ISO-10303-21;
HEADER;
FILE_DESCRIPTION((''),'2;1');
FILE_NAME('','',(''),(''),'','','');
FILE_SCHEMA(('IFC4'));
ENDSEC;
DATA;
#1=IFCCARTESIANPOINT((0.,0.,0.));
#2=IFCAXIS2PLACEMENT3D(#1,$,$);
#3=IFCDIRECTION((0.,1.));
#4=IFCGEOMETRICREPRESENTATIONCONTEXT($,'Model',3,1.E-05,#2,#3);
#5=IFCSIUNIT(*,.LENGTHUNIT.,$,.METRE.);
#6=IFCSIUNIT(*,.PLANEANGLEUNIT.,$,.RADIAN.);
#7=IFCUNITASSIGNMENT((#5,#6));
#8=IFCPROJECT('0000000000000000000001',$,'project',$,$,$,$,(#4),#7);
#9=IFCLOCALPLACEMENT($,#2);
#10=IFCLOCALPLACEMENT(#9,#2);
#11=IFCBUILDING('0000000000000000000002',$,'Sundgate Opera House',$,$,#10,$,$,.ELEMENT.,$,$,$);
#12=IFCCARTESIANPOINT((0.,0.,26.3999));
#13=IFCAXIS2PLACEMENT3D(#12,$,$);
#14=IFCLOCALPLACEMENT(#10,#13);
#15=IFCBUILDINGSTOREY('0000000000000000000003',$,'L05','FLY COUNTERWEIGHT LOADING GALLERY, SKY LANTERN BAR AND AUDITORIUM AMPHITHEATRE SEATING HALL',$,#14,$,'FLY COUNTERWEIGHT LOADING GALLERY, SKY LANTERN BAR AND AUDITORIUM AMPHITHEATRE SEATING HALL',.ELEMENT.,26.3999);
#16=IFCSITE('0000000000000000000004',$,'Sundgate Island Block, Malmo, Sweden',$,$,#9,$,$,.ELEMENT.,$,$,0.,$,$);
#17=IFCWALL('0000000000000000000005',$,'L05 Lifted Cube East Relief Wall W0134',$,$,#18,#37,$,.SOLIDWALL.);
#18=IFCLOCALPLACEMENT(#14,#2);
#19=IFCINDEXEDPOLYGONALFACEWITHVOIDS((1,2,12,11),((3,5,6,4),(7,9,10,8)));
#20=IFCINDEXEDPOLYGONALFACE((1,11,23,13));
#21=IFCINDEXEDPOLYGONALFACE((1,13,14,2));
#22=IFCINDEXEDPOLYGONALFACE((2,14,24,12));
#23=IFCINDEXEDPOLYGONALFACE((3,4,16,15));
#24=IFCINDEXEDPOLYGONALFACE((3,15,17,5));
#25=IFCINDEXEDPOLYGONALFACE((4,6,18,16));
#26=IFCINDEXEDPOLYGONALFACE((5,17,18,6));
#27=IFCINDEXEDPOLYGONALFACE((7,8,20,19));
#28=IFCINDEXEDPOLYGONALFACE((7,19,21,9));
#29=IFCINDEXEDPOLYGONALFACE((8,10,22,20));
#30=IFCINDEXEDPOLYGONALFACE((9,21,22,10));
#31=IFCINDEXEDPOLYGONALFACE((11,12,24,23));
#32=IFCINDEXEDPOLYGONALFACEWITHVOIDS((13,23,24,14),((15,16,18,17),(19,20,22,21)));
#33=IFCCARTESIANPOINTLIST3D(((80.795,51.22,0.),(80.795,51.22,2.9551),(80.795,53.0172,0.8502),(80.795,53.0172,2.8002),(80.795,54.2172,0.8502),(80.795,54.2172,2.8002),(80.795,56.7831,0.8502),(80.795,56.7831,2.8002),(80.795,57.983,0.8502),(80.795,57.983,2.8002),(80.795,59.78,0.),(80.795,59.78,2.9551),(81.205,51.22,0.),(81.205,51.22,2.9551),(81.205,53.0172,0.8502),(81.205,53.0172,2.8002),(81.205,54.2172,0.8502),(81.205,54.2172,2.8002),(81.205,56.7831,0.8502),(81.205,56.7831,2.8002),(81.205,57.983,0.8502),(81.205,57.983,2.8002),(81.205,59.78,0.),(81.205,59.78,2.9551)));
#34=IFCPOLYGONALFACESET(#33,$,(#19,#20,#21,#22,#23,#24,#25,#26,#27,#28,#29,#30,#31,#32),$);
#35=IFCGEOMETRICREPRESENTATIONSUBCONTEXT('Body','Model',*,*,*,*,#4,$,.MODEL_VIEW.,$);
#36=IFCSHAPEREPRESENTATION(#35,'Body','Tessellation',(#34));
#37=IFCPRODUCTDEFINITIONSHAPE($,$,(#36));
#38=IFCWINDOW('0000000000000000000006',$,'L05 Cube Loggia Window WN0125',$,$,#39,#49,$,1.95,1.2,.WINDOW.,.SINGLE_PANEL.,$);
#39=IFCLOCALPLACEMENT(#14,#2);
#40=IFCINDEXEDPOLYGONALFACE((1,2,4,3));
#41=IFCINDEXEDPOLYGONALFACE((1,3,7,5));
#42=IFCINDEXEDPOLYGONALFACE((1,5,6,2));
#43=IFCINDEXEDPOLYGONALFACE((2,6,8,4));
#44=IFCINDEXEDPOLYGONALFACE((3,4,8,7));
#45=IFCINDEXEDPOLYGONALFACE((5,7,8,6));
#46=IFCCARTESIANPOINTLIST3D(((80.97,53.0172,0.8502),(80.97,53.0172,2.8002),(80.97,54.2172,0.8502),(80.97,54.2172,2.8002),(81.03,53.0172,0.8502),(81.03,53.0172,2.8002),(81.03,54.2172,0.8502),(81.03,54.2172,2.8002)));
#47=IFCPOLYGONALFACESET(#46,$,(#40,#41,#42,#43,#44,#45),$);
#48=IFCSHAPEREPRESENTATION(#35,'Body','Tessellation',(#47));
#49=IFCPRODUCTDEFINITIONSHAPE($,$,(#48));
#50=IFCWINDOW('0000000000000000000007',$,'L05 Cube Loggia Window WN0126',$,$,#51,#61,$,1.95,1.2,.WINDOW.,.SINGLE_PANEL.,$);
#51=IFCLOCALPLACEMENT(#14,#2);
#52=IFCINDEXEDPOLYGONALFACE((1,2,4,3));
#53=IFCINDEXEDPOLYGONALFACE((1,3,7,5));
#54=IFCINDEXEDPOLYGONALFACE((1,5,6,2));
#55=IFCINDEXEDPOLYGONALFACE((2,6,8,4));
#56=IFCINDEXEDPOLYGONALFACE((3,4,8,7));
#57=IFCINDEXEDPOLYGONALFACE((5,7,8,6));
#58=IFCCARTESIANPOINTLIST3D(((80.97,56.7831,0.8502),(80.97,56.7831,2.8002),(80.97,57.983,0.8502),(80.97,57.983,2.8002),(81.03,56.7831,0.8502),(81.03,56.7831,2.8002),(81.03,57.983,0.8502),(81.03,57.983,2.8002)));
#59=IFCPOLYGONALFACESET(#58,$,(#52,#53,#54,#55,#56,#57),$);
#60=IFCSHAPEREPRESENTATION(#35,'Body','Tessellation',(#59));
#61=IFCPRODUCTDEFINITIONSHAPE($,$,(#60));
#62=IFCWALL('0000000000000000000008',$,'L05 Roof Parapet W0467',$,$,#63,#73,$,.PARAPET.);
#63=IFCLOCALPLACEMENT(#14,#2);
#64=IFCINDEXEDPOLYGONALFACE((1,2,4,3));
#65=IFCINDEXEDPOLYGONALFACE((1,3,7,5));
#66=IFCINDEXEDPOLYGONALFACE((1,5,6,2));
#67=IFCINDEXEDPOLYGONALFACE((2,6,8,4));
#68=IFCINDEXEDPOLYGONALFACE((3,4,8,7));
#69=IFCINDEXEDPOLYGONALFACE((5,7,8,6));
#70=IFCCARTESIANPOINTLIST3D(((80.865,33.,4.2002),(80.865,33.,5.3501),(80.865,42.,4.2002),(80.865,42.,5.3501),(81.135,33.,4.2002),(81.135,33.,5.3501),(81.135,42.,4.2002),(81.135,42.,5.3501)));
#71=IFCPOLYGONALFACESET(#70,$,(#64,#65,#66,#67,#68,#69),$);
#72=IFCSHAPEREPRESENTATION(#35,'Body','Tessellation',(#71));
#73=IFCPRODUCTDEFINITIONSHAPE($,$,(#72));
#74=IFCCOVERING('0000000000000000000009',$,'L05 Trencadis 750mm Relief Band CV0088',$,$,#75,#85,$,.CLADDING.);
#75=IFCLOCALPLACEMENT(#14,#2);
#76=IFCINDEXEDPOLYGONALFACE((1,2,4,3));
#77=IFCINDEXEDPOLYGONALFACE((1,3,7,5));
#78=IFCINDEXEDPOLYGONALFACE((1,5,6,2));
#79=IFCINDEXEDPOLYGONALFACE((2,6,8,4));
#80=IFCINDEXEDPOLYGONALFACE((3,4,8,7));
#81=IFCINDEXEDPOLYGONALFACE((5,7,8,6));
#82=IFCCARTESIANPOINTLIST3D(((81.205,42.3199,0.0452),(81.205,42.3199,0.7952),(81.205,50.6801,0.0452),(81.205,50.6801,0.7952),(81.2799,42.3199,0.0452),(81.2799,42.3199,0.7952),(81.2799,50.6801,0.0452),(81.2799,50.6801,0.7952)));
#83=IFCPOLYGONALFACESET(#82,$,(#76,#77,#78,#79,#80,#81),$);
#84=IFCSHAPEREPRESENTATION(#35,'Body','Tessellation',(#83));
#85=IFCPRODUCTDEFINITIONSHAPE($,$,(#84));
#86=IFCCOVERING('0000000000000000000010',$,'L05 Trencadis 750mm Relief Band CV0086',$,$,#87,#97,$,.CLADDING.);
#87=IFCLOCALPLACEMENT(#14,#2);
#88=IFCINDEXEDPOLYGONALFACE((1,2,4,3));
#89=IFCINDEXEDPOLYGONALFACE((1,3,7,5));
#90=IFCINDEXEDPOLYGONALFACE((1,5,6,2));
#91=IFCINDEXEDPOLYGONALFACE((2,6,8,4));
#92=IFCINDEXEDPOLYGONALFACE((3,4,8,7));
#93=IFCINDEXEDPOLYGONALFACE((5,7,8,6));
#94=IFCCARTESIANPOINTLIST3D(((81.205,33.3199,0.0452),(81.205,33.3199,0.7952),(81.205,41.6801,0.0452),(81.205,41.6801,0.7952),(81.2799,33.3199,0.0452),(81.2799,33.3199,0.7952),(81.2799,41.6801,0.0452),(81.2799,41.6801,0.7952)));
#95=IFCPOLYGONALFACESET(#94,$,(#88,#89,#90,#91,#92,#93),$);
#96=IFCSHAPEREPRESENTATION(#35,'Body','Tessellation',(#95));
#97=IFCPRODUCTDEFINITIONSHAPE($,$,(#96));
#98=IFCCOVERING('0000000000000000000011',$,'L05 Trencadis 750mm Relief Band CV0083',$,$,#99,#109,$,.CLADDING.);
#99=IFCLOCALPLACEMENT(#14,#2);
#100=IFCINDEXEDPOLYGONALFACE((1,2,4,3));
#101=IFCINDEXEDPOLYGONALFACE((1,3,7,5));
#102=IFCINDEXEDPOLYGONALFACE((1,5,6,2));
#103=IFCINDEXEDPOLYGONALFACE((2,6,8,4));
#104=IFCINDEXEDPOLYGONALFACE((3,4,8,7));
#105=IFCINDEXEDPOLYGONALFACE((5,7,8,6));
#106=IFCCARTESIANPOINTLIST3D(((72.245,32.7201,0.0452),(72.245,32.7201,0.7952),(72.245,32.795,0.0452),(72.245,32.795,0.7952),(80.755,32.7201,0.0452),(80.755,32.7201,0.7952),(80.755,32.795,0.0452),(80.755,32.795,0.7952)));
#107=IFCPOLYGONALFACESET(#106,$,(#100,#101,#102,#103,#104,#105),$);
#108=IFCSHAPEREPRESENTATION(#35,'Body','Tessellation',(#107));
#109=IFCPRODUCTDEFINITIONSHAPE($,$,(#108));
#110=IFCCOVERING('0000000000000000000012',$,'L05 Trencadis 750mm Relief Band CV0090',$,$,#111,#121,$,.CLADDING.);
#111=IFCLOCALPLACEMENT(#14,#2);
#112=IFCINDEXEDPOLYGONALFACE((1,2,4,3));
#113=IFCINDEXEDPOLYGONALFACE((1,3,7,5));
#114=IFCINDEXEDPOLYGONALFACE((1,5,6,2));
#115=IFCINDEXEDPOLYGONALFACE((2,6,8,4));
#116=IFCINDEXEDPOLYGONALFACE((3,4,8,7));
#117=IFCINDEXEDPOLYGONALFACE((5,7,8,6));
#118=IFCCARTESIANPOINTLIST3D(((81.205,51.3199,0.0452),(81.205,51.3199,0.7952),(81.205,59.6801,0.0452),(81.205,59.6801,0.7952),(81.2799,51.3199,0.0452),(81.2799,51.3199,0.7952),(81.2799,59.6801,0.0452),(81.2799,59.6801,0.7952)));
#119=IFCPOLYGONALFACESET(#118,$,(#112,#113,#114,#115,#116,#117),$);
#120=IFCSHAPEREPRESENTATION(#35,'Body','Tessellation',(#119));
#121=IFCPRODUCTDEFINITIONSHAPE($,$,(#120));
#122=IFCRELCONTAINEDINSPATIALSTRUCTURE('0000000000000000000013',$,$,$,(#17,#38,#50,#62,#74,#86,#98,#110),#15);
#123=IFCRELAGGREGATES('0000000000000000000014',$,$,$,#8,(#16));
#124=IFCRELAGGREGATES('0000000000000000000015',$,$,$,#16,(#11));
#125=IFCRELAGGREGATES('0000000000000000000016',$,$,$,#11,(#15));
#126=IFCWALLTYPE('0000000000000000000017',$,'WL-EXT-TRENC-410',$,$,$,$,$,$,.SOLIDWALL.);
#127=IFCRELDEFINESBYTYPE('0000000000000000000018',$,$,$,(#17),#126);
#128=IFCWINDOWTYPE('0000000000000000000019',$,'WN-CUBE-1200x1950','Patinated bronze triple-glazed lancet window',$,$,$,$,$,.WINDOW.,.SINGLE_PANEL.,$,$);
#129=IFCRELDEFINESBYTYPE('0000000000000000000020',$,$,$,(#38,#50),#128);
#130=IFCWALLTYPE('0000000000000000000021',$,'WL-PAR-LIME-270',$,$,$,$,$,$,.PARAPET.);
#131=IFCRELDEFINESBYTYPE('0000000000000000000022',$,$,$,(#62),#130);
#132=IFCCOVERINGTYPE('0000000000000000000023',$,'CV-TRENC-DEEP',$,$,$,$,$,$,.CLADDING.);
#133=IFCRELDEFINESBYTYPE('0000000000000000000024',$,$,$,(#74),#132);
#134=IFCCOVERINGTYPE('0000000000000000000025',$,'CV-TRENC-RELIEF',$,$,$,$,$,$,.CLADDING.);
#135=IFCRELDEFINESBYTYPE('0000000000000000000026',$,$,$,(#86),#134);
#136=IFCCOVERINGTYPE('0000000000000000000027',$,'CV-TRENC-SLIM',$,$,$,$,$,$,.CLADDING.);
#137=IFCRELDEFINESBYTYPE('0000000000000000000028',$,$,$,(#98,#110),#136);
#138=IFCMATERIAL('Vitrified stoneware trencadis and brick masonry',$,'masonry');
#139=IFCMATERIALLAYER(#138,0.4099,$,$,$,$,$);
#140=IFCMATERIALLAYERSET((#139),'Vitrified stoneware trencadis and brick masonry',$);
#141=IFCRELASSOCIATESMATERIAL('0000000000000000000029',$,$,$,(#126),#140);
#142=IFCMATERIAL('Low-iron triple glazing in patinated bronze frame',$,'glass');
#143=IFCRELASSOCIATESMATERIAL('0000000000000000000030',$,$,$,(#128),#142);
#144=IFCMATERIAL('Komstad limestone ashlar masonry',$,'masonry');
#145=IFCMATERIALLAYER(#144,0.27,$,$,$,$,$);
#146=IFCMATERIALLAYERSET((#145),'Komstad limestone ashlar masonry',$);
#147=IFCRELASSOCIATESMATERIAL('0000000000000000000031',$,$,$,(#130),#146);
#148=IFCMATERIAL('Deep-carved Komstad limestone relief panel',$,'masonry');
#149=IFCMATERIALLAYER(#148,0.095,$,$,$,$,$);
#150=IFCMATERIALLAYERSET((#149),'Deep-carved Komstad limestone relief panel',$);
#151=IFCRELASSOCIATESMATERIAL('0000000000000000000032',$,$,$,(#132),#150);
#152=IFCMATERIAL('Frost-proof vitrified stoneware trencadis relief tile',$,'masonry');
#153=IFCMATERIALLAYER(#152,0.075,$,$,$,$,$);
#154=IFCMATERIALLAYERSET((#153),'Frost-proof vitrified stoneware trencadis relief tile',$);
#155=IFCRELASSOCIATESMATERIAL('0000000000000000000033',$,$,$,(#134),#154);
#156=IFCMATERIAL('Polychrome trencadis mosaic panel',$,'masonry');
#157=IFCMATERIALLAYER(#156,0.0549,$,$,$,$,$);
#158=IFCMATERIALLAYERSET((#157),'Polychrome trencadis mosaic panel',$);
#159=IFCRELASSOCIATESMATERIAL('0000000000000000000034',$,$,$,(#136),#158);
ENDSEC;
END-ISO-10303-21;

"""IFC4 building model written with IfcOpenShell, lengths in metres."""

from ifc_helpers import new_model, si_unit, direction, frame, frame_2d, origin, origin_2d, place, context, subcontext, project, spatial, rectangle, extrude, material, layer, layer_set, type_object, element, fill, save


model = new_model("IFC4")

# Units and contexts
model_context = context("Model", 3, precision=1e-05, world=origin(), true_north=direction((0.0, 1.0)))
body_context = subcontext(model_context, "Body", "Model", "MODEL_VIEW")
ifc_project = project(units=[si_unit("LENGTHUNIT", "METRE"), si_unit("PLANEANGLEUNIT", "RADIAN")], contexts=[model_context])

# Site, building, storey
site_placement = place(None, origin())
site = spatial("IfcSite", under=ifc_project, at=site_placement, Name="Sundgate Island Block, Malmo, Sweden", CompositionType="ELEMENT", RefElevation=0.0)
building_placement = place(site_placement, origin())
building = spatial("IfcBuilding", under=site, at=building_placement, Name="Sundgate Opera House", CompositionType="ELEMENT")
storey_placement = place(building_placement, frame((0.0, 0.0, 26.3999)))
storey = spatial("IfcBuildingStorey", under=building, at=storey_placement, Name="L05", Description="FLY COUNTERWEIGHT LOADING GALLERY, SKY LANTERN BAR AND AUDITORIUM AMPHITHEATRE SEATING HALL", LongName="FLY COUNTERWEIGHT LOADING GALLERY, SKY LANTERN BAR AND AUDITORIUM AMPHITHEATRE SEATING HALL", CompositionType="ELEMENT", Elevation=26.3999)

# Shared definitions
ifc_material_1 = material(Name="Vitrified stoneware trencadis and brick masonry", Category="masonry")
ifc_layer_1 = layer(ifc_material_1, 0.4099)
ifc_layer_set_1 = layer_set([ifc_layer_1], Name="Vitrified stoneware trencadis and brick masonry")
wall_type_1 = type_object("IfcWallType", Name="WL-EXT-TRENC-410", PredefinedType="SOLIDWALL", material=ifc_layer_set_1)

# Wall, openings, windows
wall_1_placement = place(storey_placement, frame((81.0, 51.22, 0.0), z_axis=(0.0, 0.0, 1.0), x_axis=(0.0, 1.0, 0.0)))
wall_1 = element("IfcWall", 1, at=wall_1_placement, inside=storey, type_object=wall_type_1, Name="L05 Lifted Cube East Relief Wall W0134", PredefinedType="SOLIDWALL", context=body_context, shape_type="SweptSolid", body=[
    extrude(rectangle(XDim=8.5601, YDim=0.4099, at=frame_2d((4.28, 0.0))), origin(), (0.0, 0.0, 1.0), 2.9551),
])
opening_1_placement = place(wall_1_placement, frame((1.7971, 0.0, 0.8501)))
opening_1 = element("IfcOpeningElement", 2, at=opening_1_placement, cuts=wall_1, PredefinedType="OPENING", context=body_context, shape_type="SweptSolid", body=[
    extrude(rectangle(XDim=1.2, YDim=1.95, at=frame_2d((0.6001, 0.9751))), frame((0.0, 0.2148, 0.0), z_axis=(0.0, -1.0, 0.0), x_axis=(1.0, 0.0, 0.0)), (0.0, 0.0, 1.0), 0.4299),
])
opening_2_placement = place(wall_1_placement, frame((5.563, 0.0, 0.8501)))
opening_2 = element("IfcOpeningElement", 3, at=opening_2_placement, cuts=wall_1, PredefinedType="OPENING", context=body_context, shape_type="SweptSolid", body=[
    extrude(rectangle(XDim=1.2, YDim=1.95, at=frame_2d((0.6001, 0.9751))), frame((0.0, 0.2148, 0.0), z_axis=(0.0, -1.0, 0.0), x_axis=(1.0, 0.0, 0.0)), (0.0, 0.0, 1.0), 0.4299),
])
ifc_material_2 = material(Name="Low-iron triple glazing in patinated bronze frame", Category="glass")
window_type = type_object("IfcWindowType", Name="WN-CUBE-1200x1950", Description="Patinated bronze triple-glazed lancet window", PartitioningType="SINGLE_PANEL", PredefinedType="WINDOW", material=ifc_material_2)
window_1_placement = place(opening_1_placement, origin())
window_1 = element("IfcWindow", 4, at=window_1_placement, inside=storey, type_object=window_type, Name="L05 Cube Loggia Window WN0125", OverallHeight=1.95, OverallWidth=1.2, PartitioningType="SINGLE_PANEL", PredefinedType="WINDOW", context=body_context, shape_type="SweptSolid", body=[
    extrude(rectangle(XDim=1.2, YDim=1.95, at=frame_2d((0.6001, 0.9751))), frame((0.0, 0.03, 0.0), z_axis=(0.0, -1.0, 0.0), x_axis=(1.0, 0.0, 0.0)), (0.0, 0.0, 1.0), 0.0601),
])
fill(opening_1, window_1)
window_2_placement = place(opening_2_placement, origin())
window_2 = element("IfcWindow", 5, at=window_2_placement, inside=storey, type_object=window_type, Name="L05 Cube Loggia Window WN0126", OverallHeight=1.95, OverallWidth=1.2, PartitioningType="SINGLE_PANEL", PredefinedType="WINDOW", context=body_context, shape_type="SweptSolid", body=[
    extrude(rectangle(XDim=1.2, YDim=1.95, at=frame_2d((0.6001, 0.9751))), frame((0.0, 0.03, 0.0), z_axis=(0.0, -1.0, 0.0), x_axis=(1.0, 0.0, 0.0)), (0.0, 0.0, 1.0), 0.0601),
])
fill(opening_2, window_2)

# Wall
ifc_material_3 = material(Name="Komstad limestone ashlar masonry", Category="masonry")
ifc_layer_2 = layer(ifc_material_3, 0.27)
ifc_layer_set_2 = layer_set([ifc_layer_2], Name="Komstad limestone ashlar masonry")
wall_type_2 = type_object("IfcWallType", Name="WL-PAR-LIME-270", PredefinedType="PARAPET", material=ifc_layer_set_2)
wall_2_placement = place(storey_placement, frame((81.0, 33.0, 4.2002), z_axis=(0.0, 0.0, 1.0), x_axis=(0.0, 1.0, 0.0)))
element("IfcWall", 6, at=wall_2_placement, inside=storey, type_object=wall_type_2, Name="L05 Roof Parapet W0467", PredefinedType="PARAPET", context=body_context, shape_type="SweptSolid", body=[
    extrude(rectangle(XDim=9.0, YDim=0.27, at=frame_2d((4.5, 0.0))), origin(), (0.0, 0.0, 1.0), 1.1499),
])

# Coverings
ifc_material_4 = material(Name="Deep-carved Komstad limestone relief panel", Category="masonry")
ifc_layer_3 = layer(ifc_material_4, 0.095)
ifc_layer_set_3 = layer_set([ifc_layer_3], Name="Deep-carved Komstad limestone relief panel")
covering_type_1 = type_object("IfcCoveringType", Name="CV-TRENC-DEEP", PredefinedType="CLADDING", material=ifc_layer_set_3)
covering_1_placement = place(storey_placement, frame((81.2424, 46.5, 0.0452), z_axis=(0.0, 0.0, 1.0), x_axis=(0.0, 1.0, 0.0)))
element("IfcCovering", 7, at=covering_1_placement, inside=storey, type_object=covering_type_1, Name="L05 Trencadis 750mm Relief Band CV0088", PredefinedType="CLADDING", context=body_context, shape_type="SweptSolid", body=[
    extrude(rectangle(XDim=8.3601, YDim=0.075, at=origin_2d()), origin(), (0.0, 0.0, 1.0), 0.75),
])
ifc_material_5 = material(Name="Frost-proof vitrified stoneware trencadis relief tile", Category="masonry")
ifc_layer_4 = layer(ifc_material_5, 0.075)
ifc_layer_set_4 = layer_set([ifc_layer_4], Name="Frost-proof vitrified stoneware trencadis relief tile")
covering_type_2 = type_object("IfcCoveringType", Name="CV-TRENC-RELIEF", PredefinedType="CLADDING", material=ifc_layer_set_4)
covering_2_placement = place(storey_placement, frame((81.2424, 37.5, 0.0452), z_axis=(0.0, 0.0, 1.0), x_axis=(0.0, 1.0, 0.0)))
element("IfcCovering", 8, at=covering_2_placement, inside=storey, type_object=covering_type_2, Name="L05 Trencadis 750mm Relief Band CV0086", PredefinedType="CLADDING", context=body_context, shape_type="SweptSolid", body=[
    extrude(rectangle(XDim=8.3601, YDim=0.075, at=origin_2d()), origin(), (0.0, 0.0, 1.0), 0.75),
])
ifc_material_6 = material(Name="Polychrome trencadis mosaic panel", Category="masonry")
ifc_layer_5 = layer(ifc_material_6, 0.0549)
ifc_layer_set_5 = layer_set([ifc_layer_5], Name="Polychrome trencadis mosaic panel")
covering_type_3 = type_object("IfcCoveringType", Name="CV-TRENC-SLIM", PredefinedType="CLADDING", material=ifc_layer_set_5)
covering_3_placement = place(storey_placement, frame((76.5, 32.7576, 0.0452), z_axis=(0.0, 0.0, 1.0), x_axis=(1.0, 0.0, 0.0)))
element("IfcCovering", 9, at=covering_3_placement, inside=storey, type_object=covering_type_3, Name="L05 Trencadis 750mm Relief Band CV0083", PredefinedType="CLADDING", context=body_context, shape_type="SweptSolid", body=[
    extrude(rectangle(XDim=8.51, YDim=0.075, at=origin_2d()), origin(), (0.0, 0.0, 1.0), 0.75),
])
covering_4_placement = place(storey_placement, frame((81.2424, 55.5, 0.0452), z_axis=(0.0, 0.0, 1.0), x_axis=(0.0, 1.0, 0.0)))
element("IfcCovering", 10, at=covering_4_placement, inside=storey, type_object=covering_type_3, Name="L05 Trencadis 750mm Relief Band CV0090", PredefinedType="CLADDING", context=body_context, shape_type="SweptSolid", body=[
    extrude(rectangle(XDim=8.3601, YDim=0.075, at=origin_2d()), origin(), (0.0, 0.0, 1.0), 0.75),
])

save(model, "model.ifc")
